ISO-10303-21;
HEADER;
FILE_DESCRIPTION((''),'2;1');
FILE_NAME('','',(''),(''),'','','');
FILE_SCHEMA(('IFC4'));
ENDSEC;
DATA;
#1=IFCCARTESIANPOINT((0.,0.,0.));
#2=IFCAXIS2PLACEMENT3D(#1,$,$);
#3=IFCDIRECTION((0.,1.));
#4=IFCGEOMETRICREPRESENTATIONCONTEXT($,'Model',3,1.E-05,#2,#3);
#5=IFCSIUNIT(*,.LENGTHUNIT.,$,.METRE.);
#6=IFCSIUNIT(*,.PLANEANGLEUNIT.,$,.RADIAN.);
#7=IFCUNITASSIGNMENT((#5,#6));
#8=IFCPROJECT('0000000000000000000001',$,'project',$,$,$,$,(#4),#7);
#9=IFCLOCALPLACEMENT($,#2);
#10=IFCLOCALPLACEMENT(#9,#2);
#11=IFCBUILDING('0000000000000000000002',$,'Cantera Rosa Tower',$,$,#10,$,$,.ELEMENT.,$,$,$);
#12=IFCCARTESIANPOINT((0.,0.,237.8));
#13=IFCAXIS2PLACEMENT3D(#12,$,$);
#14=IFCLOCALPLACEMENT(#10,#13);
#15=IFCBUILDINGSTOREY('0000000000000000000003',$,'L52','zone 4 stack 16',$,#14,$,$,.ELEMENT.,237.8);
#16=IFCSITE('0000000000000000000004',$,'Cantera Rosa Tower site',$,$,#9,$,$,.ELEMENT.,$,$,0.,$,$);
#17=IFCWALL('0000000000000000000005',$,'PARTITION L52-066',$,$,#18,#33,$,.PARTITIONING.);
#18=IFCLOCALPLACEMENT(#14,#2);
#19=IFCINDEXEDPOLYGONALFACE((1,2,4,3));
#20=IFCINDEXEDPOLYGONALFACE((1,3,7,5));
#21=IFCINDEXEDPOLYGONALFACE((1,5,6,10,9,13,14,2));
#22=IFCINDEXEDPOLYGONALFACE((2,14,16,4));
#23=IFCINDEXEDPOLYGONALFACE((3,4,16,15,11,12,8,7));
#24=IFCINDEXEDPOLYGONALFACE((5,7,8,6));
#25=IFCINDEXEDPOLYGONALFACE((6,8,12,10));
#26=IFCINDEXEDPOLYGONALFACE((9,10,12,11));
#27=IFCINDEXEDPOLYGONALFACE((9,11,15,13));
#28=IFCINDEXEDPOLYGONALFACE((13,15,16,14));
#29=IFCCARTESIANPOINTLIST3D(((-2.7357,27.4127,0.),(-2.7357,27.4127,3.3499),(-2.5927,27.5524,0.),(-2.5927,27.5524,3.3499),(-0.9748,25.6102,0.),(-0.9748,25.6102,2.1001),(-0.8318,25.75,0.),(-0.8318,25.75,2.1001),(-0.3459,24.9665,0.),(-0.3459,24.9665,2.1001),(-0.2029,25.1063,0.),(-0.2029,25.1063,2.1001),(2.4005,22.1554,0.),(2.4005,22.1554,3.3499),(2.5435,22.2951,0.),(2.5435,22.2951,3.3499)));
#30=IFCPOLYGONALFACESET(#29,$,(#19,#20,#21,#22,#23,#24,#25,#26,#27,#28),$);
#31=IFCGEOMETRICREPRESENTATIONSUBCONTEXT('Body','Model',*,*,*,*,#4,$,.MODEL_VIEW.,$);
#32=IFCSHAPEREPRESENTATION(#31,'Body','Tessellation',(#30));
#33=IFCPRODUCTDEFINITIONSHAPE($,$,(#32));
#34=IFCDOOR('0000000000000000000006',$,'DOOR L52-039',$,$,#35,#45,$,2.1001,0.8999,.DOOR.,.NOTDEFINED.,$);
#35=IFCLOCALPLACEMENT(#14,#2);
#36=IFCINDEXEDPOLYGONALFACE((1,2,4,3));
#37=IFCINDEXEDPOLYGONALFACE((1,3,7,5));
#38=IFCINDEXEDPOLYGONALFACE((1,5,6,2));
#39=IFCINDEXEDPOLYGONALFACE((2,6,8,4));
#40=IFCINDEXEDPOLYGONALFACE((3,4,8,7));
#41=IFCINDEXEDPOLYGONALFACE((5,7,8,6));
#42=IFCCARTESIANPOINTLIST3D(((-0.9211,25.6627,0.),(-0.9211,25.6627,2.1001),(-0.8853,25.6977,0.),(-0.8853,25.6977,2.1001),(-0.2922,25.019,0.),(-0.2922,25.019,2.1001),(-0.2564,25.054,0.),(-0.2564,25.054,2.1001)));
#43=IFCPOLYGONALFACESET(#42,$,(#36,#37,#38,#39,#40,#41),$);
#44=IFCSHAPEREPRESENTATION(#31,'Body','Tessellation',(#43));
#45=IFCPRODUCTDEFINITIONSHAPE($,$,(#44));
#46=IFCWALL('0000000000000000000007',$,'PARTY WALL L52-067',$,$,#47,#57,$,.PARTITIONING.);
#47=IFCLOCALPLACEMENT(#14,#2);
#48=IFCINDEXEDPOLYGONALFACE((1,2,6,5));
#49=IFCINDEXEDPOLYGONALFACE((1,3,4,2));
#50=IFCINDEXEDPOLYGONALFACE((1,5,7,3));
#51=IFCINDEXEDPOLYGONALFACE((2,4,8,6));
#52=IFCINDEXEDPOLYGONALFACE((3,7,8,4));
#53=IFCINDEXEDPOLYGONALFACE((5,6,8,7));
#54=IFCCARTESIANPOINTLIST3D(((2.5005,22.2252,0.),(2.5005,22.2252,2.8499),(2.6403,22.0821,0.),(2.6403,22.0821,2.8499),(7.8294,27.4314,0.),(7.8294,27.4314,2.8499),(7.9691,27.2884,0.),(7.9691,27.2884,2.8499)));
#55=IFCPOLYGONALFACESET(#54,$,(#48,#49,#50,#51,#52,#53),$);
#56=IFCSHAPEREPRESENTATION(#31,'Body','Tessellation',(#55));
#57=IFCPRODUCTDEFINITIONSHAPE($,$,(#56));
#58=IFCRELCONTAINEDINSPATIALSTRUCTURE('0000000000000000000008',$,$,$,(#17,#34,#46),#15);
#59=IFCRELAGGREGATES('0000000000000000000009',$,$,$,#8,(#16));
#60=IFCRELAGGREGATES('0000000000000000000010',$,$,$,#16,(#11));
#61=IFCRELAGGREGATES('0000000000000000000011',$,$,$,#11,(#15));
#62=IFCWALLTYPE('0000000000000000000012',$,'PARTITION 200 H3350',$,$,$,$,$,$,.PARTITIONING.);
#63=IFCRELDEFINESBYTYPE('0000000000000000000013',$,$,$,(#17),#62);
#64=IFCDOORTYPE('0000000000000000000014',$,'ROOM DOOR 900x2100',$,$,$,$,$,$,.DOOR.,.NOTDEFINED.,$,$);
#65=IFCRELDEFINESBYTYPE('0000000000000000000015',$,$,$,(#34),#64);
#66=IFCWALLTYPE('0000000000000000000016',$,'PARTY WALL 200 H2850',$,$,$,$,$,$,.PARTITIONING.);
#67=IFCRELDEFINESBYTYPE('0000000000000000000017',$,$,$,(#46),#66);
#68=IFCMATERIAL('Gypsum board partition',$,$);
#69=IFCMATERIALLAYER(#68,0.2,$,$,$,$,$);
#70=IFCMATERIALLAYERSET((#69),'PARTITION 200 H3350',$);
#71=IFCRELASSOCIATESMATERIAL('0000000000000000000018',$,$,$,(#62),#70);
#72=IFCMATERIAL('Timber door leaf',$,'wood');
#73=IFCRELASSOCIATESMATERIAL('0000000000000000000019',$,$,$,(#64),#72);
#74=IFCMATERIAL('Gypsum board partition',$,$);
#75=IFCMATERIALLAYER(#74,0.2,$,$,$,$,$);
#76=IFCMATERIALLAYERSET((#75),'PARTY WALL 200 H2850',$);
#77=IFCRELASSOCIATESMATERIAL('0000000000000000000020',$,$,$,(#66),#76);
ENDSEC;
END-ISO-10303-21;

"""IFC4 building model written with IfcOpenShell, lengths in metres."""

from ifc_helpers import new_model, si_unit, direction, frame, frame_2d, origin, place, context, subcontext, project, spatial, rectangle, extrude, material, layer, layer_set, type_object, element, fill, save


model = new_model("IFC4")

# Units and contexts
model_context = context("Model", 3, precision=1e-05, world=origin(), true_north=direction((0.0, 1.0)))
body_context = subcontext(model_context, "Body", "Model", "MODEL_VIEW")
ifc_project = project(units=[si_unit("LENGTHUNIT", "METRE"), si_unit("PLANEANGLEUNIT", "RADIAN")], contexts=[model_context])

# Site, building, storey
site_placement = place(None, origin())
site = spatial("IfcSite", under=ifc_project, at=site_placement, Name="Cantera Rosa Tower site", CompositionType="ELEMENT", RefElevation=0.0)
building_placement = place(site_placement, origin())
building = spatial("IfcBuilding", under=site, at=building_placement, Name="Cantera Rosa Tower", CompositionType="ELEMENT")
storey_placement = place(building_placement, frame((0.0, 0.0, 237.8)))
storey = spatial("IfcBuildingStorey", under=building, at=storey_placement, Name="L52", Description="zone 4 stack 16", CompositionType="ELEMENT", Elevation=237.8)

# Wall, opening, door
ifc_material_1 = material(Name="Gypsum board partition")
ifc_layer_1 = layer(ifc_material_1, 0.2)
ifc_layer_set_1 = layer_set([ifc_layer_1], Name="PARTITION 200 H3350")
wall_type_1 = type_object("IfcWallType", Name="PARTITION 200 H3350", PredefinedType="PARTITIONING", material=ifc_layer_set_1)
wall_1_placement = place(storey_placement, frame((2.4719, 22.2253, 0.0), z_axis=(0.0, 0.0, 1.0), x_axis=(-0.698821, 0.715297, 0.0)))
wall_1 = element("IfcWall", 1, at=wall_1_placement, inside=storey, type_object=wall_type_1, Name="PARTITION L52-066", PredefinedType="PARTITIONING", context=body_context, shape_type="SweptSolid", body=[
    extrude(rectangle(XDim=7.3499, YDim=0.2, at=frame_2d((3.6748, 0.0))), origin(), (0.0, 0.0, 1.0), 3.3499),
])
opening_1_placement = place(wall_1_placement, frame((3.9299, 0.0, 0.0)))
opening_1 = element("IfcOpeningElement", 2, at=opening_1_placement, cuts=wall_1, PredefinedType="OPENING", context=body_context, shape_type="SweptSolid", body=[
    extrude(rectangle(XDim=0.8999, YDim=2.1001, at=frame_2d((0.45, 1.05))), frame((0.0, 0.1099, 0.0), z_axis=(0.0, -1.0, 0.0), x_axis=(1.0, 0.0, 0.0)), (0.0, 0.0, 1.0), 0.22),
])
ifc_material_2 = material(Name="Timber door leaf", Category="wood")
door_type_1 = type_object("IfcDoorType", Name="ROOM DOOR 900x2100", OperationType="NOTDEFINED", PredefinedType="DOOR", material=ifc_material_2)
door_1_placement = place(opening_1_placement, origin())
door_1 = element("IfcDoor", 3, at=door_1_placement, inside=storey, type_object=door_type_1, Name="DOOR L52-039", OperationType="NOTDEFINED", OverallHeight=2.1001, OverallWidth=0.8999, PredefinedType="DOOR", context=body_context, shape_type="SweptSolid", body=[
    extrude(rectangle(XDim=0.8999, YDim=2.1001, at=frame_2d((0.45, 1.05))), frame((0.0, 0.0249, 0.0), z_axis=(0.0, -1.0, 0.0), x_axis=(1.0, 0.0, 0.0)), (0.0, 0.0, 1.0), 0.05),
])
fill(opening_1, door_1)

# Wall
ifc_material_3 = material(Name="Gypsum board partition")
ifc_layer_2 = layer(ifc_material_3, 0.2)
ifc_layer_set_2 = layer_set([ifc_layer_2], Name="PARTY WALL 200 H2850")
wall_type_2 = type_object("IfcWallType", Name="PARTY WALL 200 H2850", PredefinedType="PARTITIONING", material=ifc_layer_set_2)
wall_2_placement = place(storey_placement, frame((2.5703, 22.1536, 0.0), z_axis=(0.0, 0.0, 1.0), x_axis=(0.715284, 0.698834, 0.0)))
element("IfcWall", 4, at=wall_2_placement, inside=storey, type_object=wall_type_2, Name="PARTY WALL L52-067", PredefinedType="PARTITIONING", context=body_context, shape_type="SweptSolid", body=[
    extrude(rectangle(XDim=7.45, YDim=0.2, at=frame_2d((3.7251, 0.0))), origin(), (0.0, 0.0, 1.0), 2.8499),
])

save(model, "model.ifc")
